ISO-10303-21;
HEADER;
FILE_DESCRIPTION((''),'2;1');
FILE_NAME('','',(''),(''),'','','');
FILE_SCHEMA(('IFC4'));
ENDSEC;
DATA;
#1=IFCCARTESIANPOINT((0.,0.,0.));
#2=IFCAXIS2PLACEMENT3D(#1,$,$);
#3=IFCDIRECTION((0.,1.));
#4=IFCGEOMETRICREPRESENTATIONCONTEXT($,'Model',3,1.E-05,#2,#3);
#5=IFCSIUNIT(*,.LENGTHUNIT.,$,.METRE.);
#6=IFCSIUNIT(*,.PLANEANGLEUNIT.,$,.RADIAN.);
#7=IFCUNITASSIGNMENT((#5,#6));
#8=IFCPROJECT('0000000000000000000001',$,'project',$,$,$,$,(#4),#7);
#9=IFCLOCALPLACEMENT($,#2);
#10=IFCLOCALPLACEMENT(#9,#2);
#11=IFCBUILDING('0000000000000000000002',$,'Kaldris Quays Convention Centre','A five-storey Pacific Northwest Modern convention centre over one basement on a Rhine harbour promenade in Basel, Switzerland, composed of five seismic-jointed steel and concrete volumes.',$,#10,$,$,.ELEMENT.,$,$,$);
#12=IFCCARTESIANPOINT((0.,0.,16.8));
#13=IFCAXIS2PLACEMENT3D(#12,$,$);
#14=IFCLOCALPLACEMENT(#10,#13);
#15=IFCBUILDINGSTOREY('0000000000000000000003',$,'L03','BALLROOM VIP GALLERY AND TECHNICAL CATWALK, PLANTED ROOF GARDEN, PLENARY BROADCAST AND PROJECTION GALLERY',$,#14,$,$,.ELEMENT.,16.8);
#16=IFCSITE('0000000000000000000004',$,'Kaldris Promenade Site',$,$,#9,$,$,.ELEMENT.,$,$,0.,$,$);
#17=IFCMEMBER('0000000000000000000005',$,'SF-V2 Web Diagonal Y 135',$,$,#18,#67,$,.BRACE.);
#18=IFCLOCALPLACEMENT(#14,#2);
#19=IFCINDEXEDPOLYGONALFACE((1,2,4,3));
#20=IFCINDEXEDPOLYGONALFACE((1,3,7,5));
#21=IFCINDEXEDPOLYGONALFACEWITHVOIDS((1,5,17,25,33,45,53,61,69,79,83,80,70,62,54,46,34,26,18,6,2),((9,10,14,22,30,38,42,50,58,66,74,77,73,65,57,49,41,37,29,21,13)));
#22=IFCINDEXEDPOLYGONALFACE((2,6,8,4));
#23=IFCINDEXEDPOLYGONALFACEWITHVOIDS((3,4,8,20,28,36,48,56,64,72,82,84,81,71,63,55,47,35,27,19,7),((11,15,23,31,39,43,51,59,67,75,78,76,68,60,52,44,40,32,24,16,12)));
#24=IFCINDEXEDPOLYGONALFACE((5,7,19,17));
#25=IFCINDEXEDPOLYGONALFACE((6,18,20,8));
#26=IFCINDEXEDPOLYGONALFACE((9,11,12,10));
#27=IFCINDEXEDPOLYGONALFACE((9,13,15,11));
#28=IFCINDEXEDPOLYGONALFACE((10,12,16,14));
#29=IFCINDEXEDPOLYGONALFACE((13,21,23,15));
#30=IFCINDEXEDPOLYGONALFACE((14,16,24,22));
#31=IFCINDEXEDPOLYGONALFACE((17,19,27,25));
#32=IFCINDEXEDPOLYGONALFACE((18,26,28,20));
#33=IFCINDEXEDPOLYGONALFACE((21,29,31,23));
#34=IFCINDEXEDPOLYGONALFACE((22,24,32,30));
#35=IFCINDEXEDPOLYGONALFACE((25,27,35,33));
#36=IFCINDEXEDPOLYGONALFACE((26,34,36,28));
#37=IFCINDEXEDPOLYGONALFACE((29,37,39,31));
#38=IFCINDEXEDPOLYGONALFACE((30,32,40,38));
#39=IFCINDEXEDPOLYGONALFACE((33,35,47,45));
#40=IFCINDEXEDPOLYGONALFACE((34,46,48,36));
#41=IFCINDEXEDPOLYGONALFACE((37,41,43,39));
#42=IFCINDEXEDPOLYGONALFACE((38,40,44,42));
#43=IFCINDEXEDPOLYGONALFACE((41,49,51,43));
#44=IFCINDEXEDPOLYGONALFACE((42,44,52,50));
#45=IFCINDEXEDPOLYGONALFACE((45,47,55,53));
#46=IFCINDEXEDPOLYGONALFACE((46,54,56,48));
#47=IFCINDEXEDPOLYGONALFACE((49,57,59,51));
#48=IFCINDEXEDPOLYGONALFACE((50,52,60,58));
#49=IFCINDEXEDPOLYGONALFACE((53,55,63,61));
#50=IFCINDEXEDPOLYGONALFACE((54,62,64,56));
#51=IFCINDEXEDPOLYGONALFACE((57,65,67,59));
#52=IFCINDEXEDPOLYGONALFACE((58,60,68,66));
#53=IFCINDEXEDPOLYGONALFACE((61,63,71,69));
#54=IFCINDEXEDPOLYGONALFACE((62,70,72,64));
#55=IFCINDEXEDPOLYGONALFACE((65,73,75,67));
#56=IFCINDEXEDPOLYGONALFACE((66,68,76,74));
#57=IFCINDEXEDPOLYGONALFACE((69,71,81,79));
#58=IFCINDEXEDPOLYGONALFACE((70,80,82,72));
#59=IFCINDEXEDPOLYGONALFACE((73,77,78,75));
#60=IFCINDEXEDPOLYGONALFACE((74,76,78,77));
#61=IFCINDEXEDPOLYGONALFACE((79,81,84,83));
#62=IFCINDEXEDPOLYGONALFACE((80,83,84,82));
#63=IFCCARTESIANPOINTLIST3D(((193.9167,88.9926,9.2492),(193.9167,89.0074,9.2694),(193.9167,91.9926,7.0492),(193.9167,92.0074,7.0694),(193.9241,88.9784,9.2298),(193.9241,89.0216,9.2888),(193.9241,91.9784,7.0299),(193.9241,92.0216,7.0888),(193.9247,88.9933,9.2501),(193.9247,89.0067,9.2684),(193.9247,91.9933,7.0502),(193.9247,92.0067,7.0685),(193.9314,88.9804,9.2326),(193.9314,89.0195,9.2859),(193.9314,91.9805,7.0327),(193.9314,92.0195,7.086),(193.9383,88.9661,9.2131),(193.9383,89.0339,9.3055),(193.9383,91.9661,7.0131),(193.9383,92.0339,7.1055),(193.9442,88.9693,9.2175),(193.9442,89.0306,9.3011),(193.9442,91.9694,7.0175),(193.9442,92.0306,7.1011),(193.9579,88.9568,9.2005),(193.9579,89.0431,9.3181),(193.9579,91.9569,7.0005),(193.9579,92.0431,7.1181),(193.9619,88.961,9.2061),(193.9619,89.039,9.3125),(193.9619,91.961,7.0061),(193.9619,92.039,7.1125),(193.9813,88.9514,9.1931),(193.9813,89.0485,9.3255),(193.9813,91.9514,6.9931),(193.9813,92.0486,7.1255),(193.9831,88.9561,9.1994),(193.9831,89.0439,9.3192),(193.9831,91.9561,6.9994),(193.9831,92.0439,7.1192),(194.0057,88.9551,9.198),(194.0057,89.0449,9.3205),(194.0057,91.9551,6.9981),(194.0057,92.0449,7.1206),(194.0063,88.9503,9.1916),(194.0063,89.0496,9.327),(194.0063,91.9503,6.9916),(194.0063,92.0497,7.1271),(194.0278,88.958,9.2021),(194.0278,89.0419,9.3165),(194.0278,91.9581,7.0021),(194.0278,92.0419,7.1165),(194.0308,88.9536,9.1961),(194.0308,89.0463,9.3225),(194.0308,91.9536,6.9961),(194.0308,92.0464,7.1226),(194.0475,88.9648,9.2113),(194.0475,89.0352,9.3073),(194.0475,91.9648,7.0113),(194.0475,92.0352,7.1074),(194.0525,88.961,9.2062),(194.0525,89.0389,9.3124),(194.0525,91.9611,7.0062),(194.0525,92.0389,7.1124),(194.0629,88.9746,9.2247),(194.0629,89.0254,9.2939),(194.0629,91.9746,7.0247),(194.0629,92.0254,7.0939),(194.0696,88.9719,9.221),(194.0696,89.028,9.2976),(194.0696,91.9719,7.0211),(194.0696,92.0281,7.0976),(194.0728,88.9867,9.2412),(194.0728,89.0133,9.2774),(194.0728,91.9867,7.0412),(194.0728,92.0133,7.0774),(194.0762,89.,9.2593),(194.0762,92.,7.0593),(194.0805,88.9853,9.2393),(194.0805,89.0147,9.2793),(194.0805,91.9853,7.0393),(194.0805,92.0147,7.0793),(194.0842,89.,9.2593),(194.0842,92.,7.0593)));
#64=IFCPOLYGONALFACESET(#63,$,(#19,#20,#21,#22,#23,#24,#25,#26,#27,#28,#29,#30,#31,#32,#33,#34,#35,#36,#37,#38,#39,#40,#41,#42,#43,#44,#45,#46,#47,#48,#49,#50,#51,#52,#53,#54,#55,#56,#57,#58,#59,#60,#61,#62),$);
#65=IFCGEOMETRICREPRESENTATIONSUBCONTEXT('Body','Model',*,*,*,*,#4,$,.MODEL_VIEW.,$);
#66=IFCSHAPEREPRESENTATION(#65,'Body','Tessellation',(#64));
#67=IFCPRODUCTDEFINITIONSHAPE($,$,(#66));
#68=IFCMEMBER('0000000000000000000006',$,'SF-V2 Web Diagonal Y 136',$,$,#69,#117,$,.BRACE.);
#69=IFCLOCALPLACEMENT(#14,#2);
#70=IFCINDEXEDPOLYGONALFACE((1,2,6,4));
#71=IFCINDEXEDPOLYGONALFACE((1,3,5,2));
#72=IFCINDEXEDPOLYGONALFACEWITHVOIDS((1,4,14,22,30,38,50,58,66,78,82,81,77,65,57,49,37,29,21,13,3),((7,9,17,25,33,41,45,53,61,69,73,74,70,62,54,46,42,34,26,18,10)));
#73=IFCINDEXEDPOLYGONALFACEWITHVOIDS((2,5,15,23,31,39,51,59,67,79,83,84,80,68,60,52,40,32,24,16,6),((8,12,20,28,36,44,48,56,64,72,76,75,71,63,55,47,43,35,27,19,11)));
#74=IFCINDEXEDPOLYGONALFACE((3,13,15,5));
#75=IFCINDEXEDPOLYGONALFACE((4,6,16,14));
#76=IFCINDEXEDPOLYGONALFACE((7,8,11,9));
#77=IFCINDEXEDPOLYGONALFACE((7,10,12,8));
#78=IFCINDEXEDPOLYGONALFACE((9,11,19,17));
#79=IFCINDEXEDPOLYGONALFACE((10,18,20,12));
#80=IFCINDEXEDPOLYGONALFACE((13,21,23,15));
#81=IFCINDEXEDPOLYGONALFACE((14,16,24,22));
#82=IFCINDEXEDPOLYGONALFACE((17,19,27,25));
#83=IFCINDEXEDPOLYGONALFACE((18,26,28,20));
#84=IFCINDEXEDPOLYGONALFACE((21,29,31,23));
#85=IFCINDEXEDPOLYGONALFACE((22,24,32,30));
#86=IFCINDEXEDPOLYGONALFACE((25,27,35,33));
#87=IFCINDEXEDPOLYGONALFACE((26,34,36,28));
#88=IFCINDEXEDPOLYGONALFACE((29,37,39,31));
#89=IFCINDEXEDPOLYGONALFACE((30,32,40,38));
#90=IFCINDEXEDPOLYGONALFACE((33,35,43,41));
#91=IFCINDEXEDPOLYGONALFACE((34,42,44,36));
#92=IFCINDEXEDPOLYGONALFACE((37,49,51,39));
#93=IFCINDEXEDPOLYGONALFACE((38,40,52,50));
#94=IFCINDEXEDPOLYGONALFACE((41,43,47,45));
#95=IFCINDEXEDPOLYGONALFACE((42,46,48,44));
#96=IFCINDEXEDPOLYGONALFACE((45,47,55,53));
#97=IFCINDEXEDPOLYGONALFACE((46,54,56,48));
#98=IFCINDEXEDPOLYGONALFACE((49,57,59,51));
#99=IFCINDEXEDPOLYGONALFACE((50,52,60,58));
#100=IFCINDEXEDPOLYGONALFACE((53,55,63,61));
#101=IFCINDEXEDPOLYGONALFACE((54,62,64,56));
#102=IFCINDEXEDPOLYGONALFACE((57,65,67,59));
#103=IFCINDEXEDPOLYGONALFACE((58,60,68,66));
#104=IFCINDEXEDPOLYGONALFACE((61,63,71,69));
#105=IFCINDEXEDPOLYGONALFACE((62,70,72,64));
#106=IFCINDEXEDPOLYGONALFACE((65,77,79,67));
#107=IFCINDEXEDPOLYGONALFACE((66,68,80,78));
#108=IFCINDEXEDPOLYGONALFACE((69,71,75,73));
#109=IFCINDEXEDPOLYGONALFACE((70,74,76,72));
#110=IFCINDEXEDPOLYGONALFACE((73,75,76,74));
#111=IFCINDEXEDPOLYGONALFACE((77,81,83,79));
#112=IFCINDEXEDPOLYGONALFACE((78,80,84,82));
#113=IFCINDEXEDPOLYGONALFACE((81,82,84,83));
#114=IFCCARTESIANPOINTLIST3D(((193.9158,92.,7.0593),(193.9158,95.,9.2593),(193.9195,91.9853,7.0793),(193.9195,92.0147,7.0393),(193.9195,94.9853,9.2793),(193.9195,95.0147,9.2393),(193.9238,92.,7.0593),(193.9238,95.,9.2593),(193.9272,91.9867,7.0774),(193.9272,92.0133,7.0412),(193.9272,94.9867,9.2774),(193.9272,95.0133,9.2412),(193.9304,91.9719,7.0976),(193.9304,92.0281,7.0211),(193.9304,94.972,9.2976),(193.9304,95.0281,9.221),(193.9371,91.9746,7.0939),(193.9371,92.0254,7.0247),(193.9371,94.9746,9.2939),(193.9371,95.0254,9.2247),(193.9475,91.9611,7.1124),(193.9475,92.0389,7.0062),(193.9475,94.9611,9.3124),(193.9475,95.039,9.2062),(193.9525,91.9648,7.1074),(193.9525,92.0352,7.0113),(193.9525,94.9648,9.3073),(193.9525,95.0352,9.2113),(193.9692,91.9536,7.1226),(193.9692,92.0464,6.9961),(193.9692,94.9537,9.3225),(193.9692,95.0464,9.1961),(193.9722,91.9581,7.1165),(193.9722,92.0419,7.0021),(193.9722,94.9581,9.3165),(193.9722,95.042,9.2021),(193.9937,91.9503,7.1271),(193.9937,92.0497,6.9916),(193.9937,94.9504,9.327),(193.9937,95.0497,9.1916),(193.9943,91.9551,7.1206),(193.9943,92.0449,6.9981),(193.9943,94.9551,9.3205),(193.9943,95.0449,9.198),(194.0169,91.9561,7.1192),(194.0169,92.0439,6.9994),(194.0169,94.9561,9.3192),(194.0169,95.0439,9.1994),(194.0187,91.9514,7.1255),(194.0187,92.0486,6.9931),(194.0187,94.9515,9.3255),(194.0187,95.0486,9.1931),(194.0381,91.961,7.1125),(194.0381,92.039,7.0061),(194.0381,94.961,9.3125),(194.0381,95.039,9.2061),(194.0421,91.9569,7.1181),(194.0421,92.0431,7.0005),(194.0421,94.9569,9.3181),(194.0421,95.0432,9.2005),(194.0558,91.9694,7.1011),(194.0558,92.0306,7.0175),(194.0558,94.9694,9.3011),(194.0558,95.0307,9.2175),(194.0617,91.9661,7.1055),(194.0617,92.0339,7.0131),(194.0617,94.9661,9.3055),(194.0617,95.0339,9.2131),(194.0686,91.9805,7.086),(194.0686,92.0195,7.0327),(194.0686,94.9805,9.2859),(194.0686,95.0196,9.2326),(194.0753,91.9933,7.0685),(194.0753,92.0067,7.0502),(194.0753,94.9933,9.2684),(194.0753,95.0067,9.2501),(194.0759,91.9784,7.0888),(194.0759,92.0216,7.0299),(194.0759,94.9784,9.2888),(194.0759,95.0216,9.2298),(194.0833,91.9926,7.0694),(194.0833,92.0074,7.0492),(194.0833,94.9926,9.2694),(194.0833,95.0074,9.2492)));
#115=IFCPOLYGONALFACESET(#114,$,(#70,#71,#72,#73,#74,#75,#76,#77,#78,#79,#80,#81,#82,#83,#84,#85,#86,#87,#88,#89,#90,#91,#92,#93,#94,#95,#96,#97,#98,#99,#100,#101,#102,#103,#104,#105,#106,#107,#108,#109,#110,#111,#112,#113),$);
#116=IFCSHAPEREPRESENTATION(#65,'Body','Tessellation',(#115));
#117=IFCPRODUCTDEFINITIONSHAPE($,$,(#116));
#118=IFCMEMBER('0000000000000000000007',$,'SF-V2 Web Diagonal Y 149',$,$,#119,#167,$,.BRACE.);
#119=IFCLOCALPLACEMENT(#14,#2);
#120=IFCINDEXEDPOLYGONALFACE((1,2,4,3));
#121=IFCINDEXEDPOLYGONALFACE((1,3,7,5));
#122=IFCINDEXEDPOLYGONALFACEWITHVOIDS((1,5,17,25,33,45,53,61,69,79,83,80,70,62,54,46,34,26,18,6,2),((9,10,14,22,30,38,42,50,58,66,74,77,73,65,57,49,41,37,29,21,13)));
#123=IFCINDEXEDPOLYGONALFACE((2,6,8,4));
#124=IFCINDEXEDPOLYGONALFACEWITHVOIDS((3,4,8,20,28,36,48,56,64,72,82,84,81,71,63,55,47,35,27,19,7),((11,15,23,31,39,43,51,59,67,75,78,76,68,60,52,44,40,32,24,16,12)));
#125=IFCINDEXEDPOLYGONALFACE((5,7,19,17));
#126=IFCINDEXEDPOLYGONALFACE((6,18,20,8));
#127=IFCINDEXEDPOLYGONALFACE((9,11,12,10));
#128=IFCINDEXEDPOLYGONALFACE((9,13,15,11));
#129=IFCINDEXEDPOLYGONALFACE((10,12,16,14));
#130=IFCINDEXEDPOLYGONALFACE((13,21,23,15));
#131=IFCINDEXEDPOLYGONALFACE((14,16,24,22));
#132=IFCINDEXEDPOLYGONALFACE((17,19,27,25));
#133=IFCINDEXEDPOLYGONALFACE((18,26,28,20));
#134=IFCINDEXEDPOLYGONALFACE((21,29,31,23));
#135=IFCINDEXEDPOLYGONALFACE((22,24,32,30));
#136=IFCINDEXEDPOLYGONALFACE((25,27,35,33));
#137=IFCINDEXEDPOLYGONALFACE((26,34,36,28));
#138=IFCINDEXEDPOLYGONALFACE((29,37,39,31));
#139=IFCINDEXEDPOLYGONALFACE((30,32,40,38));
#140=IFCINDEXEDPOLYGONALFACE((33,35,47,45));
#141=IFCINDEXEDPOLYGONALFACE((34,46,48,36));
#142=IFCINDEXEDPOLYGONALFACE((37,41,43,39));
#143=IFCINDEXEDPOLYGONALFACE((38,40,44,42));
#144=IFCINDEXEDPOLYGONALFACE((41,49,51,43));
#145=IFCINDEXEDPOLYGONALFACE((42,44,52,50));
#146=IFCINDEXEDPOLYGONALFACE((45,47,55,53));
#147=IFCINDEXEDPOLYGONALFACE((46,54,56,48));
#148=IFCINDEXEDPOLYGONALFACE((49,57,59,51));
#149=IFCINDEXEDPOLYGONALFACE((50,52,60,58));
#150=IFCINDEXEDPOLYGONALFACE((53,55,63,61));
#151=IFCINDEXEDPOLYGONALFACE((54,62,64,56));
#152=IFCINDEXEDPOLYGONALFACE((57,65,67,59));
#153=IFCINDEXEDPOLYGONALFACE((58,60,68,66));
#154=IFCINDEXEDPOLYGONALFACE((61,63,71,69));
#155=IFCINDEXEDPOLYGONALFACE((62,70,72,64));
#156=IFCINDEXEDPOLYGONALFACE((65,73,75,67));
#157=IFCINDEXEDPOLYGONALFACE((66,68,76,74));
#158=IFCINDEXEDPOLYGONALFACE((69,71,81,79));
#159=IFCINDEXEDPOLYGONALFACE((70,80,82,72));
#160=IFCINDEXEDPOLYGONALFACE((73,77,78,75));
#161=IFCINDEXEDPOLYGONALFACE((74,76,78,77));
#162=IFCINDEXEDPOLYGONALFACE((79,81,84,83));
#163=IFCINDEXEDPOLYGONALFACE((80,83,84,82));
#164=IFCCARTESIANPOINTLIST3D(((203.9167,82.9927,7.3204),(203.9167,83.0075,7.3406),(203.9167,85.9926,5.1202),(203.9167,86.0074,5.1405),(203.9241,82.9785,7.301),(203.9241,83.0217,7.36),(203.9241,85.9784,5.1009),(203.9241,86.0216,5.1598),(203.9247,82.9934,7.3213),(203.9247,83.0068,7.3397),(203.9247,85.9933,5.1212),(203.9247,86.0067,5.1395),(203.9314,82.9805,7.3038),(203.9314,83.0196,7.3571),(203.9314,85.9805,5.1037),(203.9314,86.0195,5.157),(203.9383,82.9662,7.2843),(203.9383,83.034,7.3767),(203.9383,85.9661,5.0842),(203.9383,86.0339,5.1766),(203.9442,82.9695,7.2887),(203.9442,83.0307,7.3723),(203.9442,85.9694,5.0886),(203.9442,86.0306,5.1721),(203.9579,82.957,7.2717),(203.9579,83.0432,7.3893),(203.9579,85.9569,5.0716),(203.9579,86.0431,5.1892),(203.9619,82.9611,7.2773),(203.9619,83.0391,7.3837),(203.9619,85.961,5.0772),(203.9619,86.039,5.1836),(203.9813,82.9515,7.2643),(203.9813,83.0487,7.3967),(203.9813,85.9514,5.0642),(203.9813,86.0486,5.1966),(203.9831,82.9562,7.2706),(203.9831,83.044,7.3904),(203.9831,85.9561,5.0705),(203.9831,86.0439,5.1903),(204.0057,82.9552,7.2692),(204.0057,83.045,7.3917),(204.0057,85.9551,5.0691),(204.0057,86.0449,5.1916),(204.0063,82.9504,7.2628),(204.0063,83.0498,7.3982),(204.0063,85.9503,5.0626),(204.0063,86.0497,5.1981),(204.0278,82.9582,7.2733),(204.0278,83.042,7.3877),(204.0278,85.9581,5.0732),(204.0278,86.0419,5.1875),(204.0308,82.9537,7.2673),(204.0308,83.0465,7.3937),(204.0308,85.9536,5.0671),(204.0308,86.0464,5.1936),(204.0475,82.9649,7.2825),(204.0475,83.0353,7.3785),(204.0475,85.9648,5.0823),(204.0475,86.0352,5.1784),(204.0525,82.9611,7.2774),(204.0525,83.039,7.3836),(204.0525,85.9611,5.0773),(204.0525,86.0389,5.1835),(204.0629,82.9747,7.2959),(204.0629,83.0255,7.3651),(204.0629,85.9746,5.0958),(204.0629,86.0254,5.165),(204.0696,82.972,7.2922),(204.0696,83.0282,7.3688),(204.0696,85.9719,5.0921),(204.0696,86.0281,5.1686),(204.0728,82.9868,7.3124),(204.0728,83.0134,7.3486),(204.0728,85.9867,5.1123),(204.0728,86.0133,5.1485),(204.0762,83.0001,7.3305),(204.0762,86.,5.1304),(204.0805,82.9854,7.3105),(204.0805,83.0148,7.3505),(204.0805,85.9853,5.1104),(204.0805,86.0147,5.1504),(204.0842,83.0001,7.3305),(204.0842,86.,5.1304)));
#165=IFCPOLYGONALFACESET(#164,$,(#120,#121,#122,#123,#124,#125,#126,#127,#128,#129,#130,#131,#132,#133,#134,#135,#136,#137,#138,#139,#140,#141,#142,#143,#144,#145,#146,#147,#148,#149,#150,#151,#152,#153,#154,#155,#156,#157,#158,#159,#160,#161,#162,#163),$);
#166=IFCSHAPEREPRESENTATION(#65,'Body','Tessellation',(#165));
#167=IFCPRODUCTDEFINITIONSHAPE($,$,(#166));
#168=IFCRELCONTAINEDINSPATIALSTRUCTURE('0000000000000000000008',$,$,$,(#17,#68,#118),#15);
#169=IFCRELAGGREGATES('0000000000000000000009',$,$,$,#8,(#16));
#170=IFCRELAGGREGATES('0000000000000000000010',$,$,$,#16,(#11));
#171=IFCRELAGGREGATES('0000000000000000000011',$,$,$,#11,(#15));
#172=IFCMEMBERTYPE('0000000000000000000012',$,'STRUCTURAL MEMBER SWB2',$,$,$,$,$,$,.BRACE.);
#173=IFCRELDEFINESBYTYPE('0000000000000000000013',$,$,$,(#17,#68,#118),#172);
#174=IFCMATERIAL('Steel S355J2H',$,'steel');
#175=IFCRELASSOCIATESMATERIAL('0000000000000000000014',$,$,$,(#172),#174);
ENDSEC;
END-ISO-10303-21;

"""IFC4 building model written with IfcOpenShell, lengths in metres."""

from ifc_helpers import new_model, si_unit, direction, frame, origin, origin_2d, place, context, subcontext, project, spatial, hollow_circle, extrude, material, material_profile, profile_set, type_object, element, save


model = new_model("IFC4")

# Units and contexts
model_context = context("Model", 3, precision=1e-05, world=origin(), true_north=direction((0.0, 1.0)))
body_context = subcontext(model_context, "Body", "Model", "MODEL_VIEW")
ifc_project = project(units=[si_unit("LENGTHUNIT", "METRE"), si_unit("PLANEANGLEUNIT", "RADIAN")], contexts=[model_context])

# Site, building, storey
site_placement = place(None, origin())
site = spatial("IfcSite", under=ifc_project, at=site_placement, Name="Kaldris Promenade Site", CompositionType="ELEMENT", RefElevation=0.0)
building_placement = place(site_placement, origin())
building = spatial("IfcBuilding", under=site, at=building_placement, Name="Kaldris Quays Convention Centre", Description="A five-storey Pacific Northwest Modern convention centre over one basement on a Rhine harbour promenade in Basel, Switzerland, composed of five seismic-jointed steel and concrete volumes.", CompositionType="ELEMENT")
storey_placement = place(building_placement, frame((0.0, 0.0, 16.8)))
storey = spatial("IfcBuildingStorey", under=building, at=storey_placement, Name="L03", Description="BALLROOM VIP GALLERY AND TECHNICAL CATWALK, PLANTED ROOF GARDEN, PLENARY BROADCAST AND PROJECTION GALLERY", CompositionType="ELEMENT", Elevation=16.8)

# Members
ifc_material_1 = material(Name="Steel S355J2H", Category="steel")
ifc_material_profile_1 = material_profile(ifc_material_1, hollow_circle(Radius=0.0842, WallThickness=0.0081, at=origin_2d()), Name="CHS 168.3x8")
ifc_profile_set_1 = profile_set([ifc_material_profile_1], Name="Steel S355J2H")
member_type_1 = type_object("IfcMemberType", Name="STRUCTURAL MEMBER SWB2", PredefinedType="BRACE", material=ifc_profile_set_1)
for number, where, z_axis, x_axis, name in (
    (1, (194.0, 92.0, 7.0593), (0.0, -0.806411, 0.591355), (1.0, 0.0, 0.0), "SF-V2 Web Diagonal Y 135"),
    (2, (194.0, 92.0, 7.0593), (0.0, 0.806411, 0.591355), (-1.0, 0.0, 0.0), "SF-V2 Web Diagonal Y 136"),
    (3, (204.0, 86.0, 5.1304), (0.0, -0.80638, 0.591398), (1.0, 0.0, 0.0), "SF-V2 Web Diagonal Y 149"),
):
    element("IfcMember", number, at=place(storey_placement, frame(where, z_axis=z_axis, x_axis=x_axis)), inside=storey, type_object=member_type_1, Name=name, PredefinedType="BRACE", context=body_context, shape_type="SweptSolid", body=[
        extrude(hollow_circle(Radius=0.0842, WallThickness=0.0081, at=origin_2d()), origin(), (0.0, 0.0, 1.0), 3.7202),
    ])

save(model, "model.ifc")
